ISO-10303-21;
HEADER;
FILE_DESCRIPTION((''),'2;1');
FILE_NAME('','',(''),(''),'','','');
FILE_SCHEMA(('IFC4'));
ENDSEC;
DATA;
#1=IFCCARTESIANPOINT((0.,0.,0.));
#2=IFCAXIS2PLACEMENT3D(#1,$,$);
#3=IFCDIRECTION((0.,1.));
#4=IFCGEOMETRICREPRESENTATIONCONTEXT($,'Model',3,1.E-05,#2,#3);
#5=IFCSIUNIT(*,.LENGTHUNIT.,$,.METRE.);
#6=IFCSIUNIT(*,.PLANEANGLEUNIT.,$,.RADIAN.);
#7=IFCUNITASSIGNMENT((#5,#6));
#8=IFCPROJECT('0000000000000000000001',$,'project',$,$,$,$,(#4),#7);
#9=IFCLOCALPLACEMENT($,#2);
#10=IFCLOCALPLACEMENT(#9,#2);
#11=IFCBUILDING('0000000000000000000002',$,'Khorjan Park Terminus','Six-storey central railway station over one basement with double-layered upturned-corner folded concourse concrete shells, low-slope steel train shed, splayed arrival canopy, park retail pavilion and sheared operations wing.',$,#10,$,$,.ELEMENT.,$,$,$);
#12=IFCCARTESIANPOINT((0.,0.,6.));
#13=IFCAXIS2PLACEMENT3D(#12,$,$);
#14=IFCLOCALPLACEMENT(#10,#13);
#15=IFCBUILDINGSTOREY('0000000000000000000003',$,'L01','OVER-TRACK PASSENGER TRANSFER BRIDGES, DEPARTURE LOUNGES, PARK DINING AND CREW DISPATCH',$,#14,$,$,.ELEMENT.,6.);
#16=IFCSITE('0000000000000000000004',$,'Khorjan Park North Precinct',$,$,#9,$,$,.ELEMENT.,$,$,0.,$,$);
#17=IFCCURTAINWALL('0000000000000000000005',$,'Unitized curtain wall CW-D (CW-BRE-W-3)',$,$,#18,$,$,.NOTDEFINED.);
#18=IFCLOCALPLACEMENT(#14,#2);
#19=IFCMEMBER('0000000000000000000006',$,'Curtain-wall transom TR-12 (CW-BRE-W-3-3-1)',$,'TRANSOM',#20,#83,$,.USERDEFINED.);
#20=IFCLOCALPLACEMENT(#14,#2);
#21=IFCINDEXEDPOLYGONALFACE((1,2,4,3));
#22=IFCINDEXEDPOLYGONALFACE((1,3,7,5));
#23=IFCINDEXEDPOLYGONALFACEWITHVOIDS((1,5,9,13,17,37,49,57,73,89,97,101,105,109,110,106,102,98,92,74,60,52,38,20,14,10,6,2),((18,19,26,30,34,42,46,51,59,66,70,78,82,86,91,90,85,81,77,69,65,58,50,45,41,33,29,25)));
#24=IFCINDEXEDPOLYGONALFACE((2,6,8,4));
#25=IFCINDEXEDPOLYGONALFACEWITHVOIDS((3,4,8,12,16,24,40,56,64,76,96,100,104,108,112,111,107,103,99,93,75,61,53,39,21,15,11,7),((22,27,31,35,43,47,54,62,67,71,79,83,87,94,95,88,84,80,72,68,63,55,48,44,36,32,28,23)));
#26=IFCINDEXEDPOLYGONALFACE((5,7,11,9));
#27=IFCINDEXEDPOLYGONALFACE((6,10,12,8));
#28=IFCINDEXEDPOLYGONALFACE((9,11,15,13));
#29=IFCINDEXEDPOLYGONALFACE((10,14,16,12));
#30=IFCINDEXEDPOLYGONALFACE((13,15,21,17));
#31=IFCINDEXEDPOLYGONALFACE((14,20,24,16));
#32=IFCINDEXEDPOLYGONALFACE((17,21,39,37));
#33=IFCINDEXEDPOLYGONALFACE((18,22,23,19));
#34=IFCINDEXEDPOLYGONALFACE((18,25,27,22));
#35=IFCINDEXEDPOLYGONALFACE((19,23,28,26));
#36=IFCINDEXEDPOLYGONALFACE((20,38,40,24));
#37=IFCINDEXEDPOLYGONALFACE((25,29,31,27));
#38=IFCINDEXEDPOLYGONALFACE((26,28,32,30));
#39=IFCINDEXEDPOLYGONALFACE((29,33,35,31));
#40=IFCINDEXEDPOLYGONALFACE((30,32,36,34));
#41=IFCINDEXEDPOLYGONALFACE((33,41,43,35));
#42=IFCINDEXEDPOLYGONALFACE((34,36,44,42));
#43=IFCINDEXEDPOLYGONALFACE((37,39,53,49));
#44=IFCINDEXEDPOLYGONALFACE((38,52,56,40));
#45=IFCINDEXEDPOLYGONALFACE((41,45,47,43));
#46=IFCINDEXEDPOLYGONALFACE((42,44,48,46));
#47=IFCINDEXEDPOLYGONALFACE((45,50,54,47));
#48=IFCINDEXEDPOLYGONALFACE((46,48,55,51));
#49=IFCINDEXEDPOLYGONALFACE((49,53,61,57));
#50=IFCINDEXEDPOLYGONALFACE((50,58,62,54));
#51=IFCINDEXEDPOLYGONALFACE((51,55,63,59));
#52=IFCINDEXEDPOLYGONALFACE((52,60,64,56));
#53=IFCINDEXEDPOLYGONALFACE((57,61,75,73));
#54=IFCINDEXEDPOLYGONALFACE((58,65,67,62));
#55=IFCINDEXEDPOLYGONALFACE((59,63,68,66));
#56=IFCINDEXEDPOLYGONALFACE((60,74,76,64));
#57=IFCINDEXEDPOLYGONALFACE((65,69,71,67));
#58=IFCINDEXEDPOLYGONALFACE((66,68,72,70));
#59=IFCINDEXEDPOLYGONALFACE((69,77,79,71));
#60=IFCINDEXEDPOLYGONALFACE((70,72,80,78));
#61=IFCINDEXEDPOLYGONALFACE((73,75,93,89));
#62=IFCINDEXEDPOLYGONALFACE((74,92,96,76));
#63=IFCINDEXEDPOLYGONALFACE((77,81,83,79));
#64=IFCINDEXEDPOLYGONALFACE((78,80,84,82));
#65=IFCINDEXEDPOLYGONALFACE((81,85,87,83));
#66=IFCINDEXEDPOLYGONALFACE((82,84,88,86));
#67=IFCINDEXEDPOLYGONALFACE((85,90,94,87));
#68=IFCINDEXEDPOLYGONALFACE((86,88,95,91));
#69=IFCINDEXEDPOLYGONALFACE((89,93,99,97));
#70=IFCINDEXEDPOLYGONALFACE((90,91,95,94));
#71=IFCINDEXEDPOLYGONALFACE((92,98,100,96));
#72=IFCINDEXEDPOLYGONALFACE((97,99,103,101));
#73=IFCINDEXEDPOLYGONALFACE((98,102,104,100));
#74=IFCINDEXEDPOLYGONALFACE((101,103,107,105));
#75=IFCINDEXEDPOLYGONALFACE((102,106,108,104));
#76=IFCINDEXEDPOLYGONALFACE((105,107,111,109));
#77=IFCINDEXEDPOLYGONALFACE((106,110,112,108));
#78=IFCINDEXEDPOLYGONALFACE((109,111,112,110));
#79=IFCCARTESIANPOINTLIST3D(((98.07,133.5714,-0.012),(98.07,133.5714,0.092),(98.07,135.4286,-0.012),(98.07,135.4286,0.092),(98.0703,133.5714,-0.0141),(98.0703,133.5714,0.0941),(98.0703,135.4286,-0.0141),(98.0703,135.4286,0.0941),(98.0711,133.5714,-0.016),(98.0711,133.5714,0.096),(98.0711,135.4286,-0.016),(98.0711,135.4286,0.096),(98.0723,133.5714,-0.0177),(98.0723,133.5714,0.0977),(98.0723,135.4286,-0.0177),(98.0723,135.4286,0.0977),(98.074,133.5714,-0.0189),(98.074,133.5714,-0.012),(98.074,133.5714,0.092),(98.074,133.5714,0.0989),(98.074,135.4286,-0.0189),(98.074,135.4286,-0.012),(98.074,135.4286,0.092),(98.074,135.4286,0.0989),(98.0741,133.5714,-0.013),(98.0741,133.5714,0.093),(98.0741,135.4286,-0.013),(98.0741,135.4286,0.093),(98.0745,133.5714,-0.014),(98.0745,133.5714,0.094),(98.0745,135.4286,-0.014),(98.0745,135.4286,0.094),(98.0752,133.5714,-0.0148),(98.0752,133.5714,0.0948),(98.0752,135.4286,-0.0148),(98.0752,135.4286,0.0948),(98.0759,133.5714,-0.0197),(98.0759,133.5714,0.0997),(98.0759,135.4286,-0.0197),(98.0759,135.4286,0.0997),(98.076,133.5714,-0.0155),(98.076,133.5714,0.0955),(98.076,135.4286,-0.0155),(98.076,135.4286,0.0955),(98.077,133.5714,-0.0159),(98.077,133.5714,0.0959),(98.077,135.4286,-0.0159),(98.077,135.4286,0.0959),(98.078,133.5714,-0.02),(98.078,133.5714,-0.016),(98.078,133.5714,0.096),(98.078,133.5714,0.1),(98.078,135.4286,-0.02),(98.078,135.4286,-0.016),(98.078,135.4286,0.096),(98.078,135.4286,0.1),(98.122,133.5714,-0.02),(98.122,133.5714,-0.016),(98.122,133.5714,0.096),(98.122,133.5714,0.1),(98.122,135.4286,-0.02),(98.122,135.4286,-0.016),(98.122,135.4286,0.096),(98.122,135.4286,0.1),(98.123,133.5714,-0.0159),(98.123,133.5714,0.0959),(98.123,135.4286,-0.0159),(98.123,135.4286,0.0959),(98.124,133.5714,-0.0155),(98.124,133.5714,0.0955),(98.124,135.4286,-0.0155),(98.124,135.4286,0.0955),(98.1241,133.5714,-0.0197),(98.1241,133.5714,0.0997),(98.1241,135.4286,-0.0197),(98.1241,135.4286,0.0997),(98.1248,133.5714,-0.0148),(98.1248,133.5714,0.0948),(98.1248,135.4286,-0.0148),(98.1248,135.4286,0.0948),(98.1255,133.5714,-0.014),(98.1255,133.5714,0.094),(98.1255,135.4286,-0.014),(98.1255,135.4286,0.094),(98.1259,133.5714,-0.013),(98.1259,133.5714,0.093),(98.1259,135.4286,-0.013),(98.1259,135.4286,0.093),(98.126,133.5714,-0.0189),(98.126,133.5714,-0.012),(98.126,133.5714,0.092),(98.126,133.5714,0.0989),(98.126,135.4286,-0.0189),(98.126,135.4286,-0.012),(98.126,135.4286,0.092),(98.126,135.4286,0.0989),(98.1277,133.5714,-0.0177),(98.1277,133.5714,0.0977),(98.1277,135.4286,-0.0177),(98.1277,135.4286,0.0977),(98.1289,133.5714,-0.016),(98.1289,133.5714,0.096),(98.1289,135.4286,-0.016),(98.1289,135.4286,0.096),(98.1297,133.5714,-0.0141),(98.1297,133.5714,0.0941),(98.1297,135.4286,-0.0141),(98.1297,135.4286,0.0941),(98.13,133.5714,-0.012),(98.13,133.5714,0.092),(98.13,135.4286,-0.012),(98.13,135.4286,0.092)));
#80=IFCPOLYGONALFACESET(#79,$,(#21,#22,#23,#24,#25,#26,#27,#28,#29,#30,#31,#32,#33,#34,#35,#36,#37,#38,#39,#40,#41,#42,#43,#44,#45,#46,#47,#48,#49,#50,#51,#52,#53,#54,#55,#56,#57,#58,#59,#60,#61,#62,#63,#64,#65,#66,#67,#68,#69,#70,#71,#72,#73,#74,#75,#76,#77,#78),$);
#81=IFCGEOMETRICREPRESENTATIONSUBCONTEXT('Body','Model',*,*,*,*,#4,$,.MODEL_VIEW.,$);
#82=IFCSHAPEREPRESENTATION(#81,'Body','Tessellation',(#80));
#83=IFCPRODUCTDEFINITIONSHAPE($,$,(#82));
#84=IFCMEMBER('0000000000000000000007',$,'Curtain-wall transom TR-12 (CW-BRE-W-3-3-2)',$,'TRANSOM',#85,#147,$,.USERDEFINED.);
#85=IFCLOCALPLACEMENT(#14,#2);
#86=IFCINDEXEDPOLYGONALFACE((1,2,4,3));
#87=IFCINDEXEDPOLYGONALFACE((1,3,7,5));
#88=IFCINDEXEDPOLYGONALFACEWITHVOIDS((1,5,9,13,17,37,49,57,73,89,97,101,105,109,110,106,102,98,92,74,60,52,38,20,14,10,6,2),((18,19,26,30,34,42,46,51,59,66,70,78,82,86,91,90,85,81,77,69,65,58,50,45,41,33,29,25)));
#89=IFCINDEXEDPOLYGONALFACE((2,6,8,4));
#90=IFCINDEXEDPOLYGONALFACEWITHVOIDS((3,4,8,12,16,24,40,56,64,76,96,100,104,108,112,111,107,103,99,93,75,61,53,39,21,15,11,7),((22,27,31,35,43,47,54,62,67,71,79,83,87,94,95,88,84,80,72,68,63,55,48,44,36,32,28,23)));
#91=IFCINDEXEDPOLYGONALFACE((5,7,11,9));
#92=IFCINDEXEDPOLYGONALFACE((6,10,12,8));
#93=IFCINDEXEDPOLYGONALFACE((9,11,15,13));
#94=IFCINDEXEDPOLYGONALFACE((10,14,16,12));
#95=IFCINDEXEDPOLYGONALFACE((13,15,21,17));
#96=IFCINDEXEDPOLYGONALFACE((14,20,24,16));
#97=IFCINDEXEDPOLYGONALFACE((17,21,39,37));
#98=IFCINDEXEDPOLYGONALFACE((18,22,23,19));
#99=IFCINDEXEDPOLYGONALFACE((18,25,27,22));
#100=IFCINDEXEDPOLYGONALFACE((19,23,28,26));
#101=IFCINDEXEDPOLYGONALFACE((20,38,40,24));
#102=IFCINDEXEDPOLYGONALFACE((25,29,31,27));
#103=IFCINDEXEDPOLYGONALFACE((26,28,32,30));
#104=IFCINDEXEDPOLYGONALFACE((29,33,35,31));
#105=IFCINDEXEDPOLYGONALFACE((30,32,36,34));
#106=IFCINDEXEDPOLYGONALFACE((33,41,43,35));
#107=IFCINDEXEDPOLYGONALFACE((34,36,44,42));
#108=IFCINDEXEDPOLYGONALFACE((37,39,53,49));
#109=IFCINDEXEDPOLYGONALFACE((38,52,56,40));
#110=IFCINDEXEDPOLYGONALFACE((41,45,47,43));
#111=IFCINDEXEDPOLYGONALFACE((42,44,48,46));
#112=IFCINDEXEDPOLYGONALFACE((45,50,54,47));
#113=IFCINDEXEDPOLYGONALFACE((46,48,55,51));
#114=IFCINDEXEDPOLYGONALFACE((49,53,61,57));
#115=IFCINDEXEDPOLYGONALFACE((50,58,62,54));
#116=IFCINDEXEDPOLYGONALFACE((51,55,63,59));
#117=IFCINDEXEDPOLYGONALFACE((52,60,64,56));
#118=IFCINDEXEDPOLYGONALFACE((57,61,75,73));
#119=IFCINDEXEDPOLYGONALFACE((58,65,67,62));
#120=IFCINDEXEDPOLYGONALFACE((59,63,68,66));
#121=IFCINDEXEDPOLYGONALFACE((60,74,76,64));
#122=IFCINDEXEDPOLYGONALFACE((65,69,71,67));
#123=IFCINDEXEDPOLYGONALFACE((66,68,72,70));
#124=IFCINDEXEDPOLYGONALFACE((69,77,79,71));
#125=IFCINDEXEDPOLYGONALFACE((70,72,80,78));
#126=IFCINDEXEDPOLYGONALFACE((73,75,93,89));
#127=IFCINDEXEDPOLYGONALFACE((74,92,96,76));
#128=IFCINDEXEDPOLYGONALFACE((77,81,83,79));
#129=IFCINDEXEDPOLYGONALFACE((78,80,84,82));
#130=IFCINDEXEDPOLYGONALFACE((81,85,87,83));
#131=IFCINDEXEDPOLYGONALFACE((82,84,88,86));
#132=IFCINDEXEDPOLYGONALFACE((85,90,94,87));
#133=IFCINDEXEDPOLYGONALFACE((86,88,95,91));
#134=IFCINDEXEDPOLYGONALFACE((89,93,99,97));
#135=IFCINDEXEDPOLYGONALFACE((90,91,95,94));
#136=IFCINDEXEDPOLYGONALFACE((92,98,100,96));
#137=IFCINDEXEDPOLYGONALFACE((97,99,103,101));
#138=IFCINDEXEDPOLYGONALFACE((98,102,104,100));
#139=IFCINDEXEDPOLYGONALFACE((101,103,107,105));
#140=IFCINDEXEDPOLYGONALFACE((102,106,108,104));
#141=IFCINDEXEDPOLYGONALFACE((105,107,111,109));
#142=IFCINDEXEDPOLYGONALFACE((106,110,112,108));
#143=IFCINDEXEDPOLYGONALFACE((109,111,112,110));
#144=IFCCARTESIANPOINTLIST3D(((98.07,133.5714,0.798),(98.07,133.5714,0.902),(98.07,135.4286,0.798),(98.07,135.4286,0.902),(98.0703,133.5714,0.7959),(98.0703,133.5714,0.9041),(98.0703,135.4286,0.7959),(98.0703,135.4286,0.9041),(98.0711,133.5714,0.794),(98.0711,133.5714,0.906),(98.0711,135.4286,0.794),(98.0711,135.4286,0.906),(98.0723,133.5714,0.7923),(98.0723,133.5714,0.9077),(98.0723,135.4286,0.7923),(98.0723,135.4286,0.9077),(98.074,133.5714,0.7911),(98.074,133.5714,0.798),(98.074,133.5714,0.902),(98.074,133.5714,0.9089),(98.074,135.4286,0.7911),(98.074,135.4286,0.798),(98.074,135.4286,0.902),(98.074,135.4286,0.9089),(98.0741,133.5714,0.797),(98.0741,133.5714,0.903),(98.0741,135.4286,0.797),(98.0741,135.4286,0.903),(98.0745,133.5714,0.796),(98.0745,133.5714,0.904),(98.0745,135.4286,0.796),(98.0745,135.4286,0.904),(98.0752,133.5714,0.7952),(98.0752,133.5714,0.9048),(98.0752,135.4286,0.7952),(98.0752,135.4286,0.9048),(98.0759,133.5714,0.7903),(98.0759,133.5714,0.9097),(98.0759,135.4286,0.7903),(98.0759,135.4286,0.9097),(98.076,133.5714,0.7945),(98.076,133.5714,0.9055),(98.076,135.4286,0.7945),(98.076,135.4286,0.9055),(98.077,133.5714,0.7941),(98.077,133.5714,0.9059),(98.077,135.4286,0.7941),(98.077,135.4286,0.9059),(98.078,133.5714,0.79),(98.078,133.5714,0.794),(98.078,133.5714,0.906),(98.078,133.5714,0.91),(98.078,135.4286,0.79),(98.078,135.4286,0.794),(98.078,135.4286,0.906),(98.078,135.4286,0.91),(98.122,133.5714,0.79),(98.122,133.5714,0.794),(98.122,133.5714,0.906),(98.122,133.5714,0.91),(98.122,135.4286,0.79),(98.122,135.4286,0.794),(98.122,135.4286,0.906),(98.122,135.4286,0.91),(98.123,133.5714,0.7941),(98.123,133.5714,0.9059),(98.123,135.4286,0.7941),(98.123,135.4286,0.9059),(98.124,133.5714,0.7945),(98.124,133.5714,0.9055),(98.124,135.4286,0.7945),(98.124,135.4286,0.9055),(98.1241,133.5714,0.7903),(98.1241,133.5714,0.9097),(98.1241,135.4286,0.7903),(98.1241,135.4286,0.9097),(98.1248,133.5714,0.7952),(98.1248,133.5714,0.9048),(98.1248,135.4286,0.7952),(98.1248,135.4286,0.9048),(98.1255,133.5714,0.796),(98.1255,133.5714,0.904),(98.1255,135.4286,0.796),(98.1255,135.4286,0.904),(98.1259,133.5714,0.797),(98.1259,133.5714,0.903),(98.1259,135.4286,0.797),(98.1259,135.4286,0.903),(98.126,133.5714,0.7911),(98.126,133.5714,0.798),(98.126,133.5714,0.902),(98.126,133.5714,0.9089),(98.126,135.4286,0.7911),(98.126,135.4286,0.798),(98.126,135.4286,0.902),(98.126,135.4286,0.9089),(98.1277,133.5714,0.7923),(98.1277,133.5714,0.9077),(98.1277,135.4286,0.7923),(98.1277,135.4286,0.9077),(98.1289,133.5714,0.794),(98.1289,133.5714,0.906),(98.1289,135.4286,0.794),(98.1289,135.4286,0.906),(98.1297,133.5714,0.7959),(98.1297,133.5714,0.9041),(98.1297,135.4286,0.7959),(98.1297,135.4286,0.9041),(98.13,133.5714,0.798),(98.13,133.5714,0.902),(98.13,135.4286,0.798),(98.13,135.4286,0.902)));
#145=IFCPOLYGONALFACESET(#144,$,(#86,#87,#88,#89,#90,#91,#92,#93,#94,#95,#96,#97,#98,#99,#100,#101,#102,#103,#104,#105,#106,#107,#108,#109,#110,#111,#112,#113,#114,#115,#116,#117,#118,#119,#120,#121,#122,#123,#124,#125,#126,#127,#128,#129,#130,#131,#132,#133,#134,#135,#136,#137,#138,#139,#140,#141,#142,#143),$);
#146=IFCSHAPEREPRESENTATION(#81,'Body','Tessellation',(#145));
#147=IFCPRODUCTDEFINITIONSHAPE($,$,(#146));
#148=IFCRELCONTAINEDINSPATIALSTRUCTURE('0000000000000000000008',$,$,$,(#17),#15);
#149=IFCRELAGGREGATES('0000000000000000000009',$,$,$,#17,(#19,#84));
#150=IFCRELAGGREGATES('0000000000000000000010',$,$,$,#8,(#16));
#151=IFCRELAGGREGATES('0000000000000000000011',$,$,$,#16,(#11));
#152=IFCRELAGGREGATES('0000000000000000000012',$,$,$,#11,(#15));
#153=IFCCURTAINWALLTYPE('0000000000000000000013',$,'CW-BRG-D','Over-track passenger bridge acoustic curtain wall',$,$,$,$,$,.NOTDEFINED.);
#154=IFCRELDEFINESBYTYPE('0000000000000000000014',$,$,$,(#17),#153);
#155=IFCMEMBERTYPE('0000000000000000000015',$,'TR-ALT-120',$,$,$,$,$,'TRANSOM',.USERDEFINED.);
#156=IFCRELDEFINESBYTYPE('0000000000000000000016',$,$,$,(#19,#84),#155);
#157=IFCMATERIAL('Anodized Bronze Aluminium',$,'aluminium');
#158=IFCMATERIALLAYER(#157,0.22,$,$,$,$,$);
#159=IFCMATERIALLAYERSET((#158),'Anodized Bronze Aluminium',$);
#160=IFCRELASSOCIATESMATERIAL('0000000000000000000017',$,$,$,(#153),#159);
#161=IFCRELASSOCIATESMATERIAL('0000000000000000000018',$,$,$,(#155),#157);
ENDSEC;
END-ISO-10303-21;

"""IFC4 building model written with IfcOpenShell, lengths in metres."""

from ifc_helpers import new_model, si_unit, direction, frame, origin, origin_2d, place, context, subcontext, project, spatial, hollow_rectangle, extrude, material, layer, layer_set, material_profile, profile_set, type_object, element, aggregate, save


model = new_model("IFC4")

# Units and contexts
model_context = context("Model", 3, precision=1e-05, world=origin(), true_north=direction((0.0, 1.0)))
body_context = subcontext(model_context, "Body", "Model", "MODEL_VIEW")
ifc_project = project(units=[si_unit("LENGTHUNIT", "METRE"), si_unit("PLANEANGLEUNIT", "RADIAN")], contexts=[model_context])

# Site, building, storey
site_placement = place(None, origin())
site = spatial("IfcSite", under=ifc_project, at=site_placement, Name="Khorjan Park North Precinct", CompositionType="ELEMENT", RefElevation=0.0)
building_placement = place(site_placement, origin())
building = spatial("IfcBuilding", under=site, at=building_placement, Name="Khorjan Park Terminus", Description="Six-storey central railway station over one basement with double-layered upturned-corner folded concourse concrete shells, low-slope steel train shed, splayed arrival canopy, park retail pavilion and sheared operations wing.", CompositionType="ELEMENT")
storey_placement = place(building_placement, frame((0.0, 0.0, 6.0)))
storey = spatial("IfcBuildingStorey", under=building, at=storey_placement, Name="L01", Description="OVER-TRACK PASSENGER TRANSFER BRIDGES, DEPARTURE LOUNGES, PARK DINING AND CREW DISPATCH", CompositionType="ELEMENT", Elevation=6.0)

# Curtain wall, members
ifc_material_1 = material(Name="Anodized Bronze Aluminium", Category="aluminium")
ifc_layer_1 = layer(ifc_material_1, 0.22)
ifc_layer_set_1 = layer_set([ifc_layer_1], Name="Anodized Bronze Aluminium")
curtain_wall_type = type_object("IfcCurtainWallType", Name="CW-BRG-D", Description="Over-track passenger bridge acoustic curtain wall", PredefinedType="NOTDEFINED", material=ifc_layer_set_1)
curtain_wall_1_placement = place(storey_placement, origin())
curtain_wall_1 = element("IfcCurtainWall", 1, at=curtain_wall_1_placement, inside=storey, type_object=curtain_wall_type, Name="Unitized curtain wall CW-D (CW-BRE-W-3)", PredefinedType="NOTDEFINED")
ifc_material_profile_1 = material_profile(ifc_material_1, hollow_rectangle(XDim=0.06, YDim=0.12, WallThickness=0.004, InnerFilletRadius=0.004, OuterFilletRadius=0.008, at=origin_2d()), Name="ALT 60x120x4")
ifc_profile_set_1 = profile_set([ifc_material_profile_1], Name="Anodized Bronze Aluminium")
member_type_1 = type_object("IfcMemberType", Name="TR-ALT-120", ElementType="TRANSOM", PredefinedType="USERDEFINED", material=ifc_profile_set_1)
member_1_placement = place(storey_placement, frame((98.1, 135.4286, 0.04), z_axis=(0.0, -1.0, 0.0), x_axis=(1.0, 0.0, 0.0)))
member_1 = element("IfcMember", 2, at=member_1_placement, type_object=member_type_1, Name="Curtain-wall transom TR-12 (CW-BRE-W-3-3-1)", ObjectType="TRANSOM", PredefinedType="USERDEFINED", context=body_context, shape_type="SweptSolid", body=[
    extrude(hollow_rectangle(XDim=0.06, YDim=0.12, WallThickness=0.004, InnerFilletRadius=0.004, OuterFilletRadius=0.008, at=origin_2d()), origin(), (0.0, 0.0, 1.0), 1.8572),
])
member_2_placement = place(storey_placement, frame((98.1, 135.4286, 0.85), z_axis=(0.0, -1.0, 0.0), x_axis=(1.0, 0.0, 0.0)))
member_2 = element("IfcMember", 3, at=member_2_placement, type_object=member_type_1, Name="Curtain-wall transom TR-12 (CW-BRE-W-3-3-2)", ObjectType="TRANSOM", PredefinedType="USERDEFINED", context=body_context, shape_type="SweptSolid", body=[
    extrude(hollow_rectangle(XDim=0.06, YDim=0.12, WallThickness=0.004, InnerFilletRadius=0.004, OuterFilletRadius=0.008, at=origin_2d()), origin(), (0.0, 0.0, 1.0), 1.8572),
])

aggregate(curtain_wall_1, [member_1, member_2])

save(model, "model.ifc")
